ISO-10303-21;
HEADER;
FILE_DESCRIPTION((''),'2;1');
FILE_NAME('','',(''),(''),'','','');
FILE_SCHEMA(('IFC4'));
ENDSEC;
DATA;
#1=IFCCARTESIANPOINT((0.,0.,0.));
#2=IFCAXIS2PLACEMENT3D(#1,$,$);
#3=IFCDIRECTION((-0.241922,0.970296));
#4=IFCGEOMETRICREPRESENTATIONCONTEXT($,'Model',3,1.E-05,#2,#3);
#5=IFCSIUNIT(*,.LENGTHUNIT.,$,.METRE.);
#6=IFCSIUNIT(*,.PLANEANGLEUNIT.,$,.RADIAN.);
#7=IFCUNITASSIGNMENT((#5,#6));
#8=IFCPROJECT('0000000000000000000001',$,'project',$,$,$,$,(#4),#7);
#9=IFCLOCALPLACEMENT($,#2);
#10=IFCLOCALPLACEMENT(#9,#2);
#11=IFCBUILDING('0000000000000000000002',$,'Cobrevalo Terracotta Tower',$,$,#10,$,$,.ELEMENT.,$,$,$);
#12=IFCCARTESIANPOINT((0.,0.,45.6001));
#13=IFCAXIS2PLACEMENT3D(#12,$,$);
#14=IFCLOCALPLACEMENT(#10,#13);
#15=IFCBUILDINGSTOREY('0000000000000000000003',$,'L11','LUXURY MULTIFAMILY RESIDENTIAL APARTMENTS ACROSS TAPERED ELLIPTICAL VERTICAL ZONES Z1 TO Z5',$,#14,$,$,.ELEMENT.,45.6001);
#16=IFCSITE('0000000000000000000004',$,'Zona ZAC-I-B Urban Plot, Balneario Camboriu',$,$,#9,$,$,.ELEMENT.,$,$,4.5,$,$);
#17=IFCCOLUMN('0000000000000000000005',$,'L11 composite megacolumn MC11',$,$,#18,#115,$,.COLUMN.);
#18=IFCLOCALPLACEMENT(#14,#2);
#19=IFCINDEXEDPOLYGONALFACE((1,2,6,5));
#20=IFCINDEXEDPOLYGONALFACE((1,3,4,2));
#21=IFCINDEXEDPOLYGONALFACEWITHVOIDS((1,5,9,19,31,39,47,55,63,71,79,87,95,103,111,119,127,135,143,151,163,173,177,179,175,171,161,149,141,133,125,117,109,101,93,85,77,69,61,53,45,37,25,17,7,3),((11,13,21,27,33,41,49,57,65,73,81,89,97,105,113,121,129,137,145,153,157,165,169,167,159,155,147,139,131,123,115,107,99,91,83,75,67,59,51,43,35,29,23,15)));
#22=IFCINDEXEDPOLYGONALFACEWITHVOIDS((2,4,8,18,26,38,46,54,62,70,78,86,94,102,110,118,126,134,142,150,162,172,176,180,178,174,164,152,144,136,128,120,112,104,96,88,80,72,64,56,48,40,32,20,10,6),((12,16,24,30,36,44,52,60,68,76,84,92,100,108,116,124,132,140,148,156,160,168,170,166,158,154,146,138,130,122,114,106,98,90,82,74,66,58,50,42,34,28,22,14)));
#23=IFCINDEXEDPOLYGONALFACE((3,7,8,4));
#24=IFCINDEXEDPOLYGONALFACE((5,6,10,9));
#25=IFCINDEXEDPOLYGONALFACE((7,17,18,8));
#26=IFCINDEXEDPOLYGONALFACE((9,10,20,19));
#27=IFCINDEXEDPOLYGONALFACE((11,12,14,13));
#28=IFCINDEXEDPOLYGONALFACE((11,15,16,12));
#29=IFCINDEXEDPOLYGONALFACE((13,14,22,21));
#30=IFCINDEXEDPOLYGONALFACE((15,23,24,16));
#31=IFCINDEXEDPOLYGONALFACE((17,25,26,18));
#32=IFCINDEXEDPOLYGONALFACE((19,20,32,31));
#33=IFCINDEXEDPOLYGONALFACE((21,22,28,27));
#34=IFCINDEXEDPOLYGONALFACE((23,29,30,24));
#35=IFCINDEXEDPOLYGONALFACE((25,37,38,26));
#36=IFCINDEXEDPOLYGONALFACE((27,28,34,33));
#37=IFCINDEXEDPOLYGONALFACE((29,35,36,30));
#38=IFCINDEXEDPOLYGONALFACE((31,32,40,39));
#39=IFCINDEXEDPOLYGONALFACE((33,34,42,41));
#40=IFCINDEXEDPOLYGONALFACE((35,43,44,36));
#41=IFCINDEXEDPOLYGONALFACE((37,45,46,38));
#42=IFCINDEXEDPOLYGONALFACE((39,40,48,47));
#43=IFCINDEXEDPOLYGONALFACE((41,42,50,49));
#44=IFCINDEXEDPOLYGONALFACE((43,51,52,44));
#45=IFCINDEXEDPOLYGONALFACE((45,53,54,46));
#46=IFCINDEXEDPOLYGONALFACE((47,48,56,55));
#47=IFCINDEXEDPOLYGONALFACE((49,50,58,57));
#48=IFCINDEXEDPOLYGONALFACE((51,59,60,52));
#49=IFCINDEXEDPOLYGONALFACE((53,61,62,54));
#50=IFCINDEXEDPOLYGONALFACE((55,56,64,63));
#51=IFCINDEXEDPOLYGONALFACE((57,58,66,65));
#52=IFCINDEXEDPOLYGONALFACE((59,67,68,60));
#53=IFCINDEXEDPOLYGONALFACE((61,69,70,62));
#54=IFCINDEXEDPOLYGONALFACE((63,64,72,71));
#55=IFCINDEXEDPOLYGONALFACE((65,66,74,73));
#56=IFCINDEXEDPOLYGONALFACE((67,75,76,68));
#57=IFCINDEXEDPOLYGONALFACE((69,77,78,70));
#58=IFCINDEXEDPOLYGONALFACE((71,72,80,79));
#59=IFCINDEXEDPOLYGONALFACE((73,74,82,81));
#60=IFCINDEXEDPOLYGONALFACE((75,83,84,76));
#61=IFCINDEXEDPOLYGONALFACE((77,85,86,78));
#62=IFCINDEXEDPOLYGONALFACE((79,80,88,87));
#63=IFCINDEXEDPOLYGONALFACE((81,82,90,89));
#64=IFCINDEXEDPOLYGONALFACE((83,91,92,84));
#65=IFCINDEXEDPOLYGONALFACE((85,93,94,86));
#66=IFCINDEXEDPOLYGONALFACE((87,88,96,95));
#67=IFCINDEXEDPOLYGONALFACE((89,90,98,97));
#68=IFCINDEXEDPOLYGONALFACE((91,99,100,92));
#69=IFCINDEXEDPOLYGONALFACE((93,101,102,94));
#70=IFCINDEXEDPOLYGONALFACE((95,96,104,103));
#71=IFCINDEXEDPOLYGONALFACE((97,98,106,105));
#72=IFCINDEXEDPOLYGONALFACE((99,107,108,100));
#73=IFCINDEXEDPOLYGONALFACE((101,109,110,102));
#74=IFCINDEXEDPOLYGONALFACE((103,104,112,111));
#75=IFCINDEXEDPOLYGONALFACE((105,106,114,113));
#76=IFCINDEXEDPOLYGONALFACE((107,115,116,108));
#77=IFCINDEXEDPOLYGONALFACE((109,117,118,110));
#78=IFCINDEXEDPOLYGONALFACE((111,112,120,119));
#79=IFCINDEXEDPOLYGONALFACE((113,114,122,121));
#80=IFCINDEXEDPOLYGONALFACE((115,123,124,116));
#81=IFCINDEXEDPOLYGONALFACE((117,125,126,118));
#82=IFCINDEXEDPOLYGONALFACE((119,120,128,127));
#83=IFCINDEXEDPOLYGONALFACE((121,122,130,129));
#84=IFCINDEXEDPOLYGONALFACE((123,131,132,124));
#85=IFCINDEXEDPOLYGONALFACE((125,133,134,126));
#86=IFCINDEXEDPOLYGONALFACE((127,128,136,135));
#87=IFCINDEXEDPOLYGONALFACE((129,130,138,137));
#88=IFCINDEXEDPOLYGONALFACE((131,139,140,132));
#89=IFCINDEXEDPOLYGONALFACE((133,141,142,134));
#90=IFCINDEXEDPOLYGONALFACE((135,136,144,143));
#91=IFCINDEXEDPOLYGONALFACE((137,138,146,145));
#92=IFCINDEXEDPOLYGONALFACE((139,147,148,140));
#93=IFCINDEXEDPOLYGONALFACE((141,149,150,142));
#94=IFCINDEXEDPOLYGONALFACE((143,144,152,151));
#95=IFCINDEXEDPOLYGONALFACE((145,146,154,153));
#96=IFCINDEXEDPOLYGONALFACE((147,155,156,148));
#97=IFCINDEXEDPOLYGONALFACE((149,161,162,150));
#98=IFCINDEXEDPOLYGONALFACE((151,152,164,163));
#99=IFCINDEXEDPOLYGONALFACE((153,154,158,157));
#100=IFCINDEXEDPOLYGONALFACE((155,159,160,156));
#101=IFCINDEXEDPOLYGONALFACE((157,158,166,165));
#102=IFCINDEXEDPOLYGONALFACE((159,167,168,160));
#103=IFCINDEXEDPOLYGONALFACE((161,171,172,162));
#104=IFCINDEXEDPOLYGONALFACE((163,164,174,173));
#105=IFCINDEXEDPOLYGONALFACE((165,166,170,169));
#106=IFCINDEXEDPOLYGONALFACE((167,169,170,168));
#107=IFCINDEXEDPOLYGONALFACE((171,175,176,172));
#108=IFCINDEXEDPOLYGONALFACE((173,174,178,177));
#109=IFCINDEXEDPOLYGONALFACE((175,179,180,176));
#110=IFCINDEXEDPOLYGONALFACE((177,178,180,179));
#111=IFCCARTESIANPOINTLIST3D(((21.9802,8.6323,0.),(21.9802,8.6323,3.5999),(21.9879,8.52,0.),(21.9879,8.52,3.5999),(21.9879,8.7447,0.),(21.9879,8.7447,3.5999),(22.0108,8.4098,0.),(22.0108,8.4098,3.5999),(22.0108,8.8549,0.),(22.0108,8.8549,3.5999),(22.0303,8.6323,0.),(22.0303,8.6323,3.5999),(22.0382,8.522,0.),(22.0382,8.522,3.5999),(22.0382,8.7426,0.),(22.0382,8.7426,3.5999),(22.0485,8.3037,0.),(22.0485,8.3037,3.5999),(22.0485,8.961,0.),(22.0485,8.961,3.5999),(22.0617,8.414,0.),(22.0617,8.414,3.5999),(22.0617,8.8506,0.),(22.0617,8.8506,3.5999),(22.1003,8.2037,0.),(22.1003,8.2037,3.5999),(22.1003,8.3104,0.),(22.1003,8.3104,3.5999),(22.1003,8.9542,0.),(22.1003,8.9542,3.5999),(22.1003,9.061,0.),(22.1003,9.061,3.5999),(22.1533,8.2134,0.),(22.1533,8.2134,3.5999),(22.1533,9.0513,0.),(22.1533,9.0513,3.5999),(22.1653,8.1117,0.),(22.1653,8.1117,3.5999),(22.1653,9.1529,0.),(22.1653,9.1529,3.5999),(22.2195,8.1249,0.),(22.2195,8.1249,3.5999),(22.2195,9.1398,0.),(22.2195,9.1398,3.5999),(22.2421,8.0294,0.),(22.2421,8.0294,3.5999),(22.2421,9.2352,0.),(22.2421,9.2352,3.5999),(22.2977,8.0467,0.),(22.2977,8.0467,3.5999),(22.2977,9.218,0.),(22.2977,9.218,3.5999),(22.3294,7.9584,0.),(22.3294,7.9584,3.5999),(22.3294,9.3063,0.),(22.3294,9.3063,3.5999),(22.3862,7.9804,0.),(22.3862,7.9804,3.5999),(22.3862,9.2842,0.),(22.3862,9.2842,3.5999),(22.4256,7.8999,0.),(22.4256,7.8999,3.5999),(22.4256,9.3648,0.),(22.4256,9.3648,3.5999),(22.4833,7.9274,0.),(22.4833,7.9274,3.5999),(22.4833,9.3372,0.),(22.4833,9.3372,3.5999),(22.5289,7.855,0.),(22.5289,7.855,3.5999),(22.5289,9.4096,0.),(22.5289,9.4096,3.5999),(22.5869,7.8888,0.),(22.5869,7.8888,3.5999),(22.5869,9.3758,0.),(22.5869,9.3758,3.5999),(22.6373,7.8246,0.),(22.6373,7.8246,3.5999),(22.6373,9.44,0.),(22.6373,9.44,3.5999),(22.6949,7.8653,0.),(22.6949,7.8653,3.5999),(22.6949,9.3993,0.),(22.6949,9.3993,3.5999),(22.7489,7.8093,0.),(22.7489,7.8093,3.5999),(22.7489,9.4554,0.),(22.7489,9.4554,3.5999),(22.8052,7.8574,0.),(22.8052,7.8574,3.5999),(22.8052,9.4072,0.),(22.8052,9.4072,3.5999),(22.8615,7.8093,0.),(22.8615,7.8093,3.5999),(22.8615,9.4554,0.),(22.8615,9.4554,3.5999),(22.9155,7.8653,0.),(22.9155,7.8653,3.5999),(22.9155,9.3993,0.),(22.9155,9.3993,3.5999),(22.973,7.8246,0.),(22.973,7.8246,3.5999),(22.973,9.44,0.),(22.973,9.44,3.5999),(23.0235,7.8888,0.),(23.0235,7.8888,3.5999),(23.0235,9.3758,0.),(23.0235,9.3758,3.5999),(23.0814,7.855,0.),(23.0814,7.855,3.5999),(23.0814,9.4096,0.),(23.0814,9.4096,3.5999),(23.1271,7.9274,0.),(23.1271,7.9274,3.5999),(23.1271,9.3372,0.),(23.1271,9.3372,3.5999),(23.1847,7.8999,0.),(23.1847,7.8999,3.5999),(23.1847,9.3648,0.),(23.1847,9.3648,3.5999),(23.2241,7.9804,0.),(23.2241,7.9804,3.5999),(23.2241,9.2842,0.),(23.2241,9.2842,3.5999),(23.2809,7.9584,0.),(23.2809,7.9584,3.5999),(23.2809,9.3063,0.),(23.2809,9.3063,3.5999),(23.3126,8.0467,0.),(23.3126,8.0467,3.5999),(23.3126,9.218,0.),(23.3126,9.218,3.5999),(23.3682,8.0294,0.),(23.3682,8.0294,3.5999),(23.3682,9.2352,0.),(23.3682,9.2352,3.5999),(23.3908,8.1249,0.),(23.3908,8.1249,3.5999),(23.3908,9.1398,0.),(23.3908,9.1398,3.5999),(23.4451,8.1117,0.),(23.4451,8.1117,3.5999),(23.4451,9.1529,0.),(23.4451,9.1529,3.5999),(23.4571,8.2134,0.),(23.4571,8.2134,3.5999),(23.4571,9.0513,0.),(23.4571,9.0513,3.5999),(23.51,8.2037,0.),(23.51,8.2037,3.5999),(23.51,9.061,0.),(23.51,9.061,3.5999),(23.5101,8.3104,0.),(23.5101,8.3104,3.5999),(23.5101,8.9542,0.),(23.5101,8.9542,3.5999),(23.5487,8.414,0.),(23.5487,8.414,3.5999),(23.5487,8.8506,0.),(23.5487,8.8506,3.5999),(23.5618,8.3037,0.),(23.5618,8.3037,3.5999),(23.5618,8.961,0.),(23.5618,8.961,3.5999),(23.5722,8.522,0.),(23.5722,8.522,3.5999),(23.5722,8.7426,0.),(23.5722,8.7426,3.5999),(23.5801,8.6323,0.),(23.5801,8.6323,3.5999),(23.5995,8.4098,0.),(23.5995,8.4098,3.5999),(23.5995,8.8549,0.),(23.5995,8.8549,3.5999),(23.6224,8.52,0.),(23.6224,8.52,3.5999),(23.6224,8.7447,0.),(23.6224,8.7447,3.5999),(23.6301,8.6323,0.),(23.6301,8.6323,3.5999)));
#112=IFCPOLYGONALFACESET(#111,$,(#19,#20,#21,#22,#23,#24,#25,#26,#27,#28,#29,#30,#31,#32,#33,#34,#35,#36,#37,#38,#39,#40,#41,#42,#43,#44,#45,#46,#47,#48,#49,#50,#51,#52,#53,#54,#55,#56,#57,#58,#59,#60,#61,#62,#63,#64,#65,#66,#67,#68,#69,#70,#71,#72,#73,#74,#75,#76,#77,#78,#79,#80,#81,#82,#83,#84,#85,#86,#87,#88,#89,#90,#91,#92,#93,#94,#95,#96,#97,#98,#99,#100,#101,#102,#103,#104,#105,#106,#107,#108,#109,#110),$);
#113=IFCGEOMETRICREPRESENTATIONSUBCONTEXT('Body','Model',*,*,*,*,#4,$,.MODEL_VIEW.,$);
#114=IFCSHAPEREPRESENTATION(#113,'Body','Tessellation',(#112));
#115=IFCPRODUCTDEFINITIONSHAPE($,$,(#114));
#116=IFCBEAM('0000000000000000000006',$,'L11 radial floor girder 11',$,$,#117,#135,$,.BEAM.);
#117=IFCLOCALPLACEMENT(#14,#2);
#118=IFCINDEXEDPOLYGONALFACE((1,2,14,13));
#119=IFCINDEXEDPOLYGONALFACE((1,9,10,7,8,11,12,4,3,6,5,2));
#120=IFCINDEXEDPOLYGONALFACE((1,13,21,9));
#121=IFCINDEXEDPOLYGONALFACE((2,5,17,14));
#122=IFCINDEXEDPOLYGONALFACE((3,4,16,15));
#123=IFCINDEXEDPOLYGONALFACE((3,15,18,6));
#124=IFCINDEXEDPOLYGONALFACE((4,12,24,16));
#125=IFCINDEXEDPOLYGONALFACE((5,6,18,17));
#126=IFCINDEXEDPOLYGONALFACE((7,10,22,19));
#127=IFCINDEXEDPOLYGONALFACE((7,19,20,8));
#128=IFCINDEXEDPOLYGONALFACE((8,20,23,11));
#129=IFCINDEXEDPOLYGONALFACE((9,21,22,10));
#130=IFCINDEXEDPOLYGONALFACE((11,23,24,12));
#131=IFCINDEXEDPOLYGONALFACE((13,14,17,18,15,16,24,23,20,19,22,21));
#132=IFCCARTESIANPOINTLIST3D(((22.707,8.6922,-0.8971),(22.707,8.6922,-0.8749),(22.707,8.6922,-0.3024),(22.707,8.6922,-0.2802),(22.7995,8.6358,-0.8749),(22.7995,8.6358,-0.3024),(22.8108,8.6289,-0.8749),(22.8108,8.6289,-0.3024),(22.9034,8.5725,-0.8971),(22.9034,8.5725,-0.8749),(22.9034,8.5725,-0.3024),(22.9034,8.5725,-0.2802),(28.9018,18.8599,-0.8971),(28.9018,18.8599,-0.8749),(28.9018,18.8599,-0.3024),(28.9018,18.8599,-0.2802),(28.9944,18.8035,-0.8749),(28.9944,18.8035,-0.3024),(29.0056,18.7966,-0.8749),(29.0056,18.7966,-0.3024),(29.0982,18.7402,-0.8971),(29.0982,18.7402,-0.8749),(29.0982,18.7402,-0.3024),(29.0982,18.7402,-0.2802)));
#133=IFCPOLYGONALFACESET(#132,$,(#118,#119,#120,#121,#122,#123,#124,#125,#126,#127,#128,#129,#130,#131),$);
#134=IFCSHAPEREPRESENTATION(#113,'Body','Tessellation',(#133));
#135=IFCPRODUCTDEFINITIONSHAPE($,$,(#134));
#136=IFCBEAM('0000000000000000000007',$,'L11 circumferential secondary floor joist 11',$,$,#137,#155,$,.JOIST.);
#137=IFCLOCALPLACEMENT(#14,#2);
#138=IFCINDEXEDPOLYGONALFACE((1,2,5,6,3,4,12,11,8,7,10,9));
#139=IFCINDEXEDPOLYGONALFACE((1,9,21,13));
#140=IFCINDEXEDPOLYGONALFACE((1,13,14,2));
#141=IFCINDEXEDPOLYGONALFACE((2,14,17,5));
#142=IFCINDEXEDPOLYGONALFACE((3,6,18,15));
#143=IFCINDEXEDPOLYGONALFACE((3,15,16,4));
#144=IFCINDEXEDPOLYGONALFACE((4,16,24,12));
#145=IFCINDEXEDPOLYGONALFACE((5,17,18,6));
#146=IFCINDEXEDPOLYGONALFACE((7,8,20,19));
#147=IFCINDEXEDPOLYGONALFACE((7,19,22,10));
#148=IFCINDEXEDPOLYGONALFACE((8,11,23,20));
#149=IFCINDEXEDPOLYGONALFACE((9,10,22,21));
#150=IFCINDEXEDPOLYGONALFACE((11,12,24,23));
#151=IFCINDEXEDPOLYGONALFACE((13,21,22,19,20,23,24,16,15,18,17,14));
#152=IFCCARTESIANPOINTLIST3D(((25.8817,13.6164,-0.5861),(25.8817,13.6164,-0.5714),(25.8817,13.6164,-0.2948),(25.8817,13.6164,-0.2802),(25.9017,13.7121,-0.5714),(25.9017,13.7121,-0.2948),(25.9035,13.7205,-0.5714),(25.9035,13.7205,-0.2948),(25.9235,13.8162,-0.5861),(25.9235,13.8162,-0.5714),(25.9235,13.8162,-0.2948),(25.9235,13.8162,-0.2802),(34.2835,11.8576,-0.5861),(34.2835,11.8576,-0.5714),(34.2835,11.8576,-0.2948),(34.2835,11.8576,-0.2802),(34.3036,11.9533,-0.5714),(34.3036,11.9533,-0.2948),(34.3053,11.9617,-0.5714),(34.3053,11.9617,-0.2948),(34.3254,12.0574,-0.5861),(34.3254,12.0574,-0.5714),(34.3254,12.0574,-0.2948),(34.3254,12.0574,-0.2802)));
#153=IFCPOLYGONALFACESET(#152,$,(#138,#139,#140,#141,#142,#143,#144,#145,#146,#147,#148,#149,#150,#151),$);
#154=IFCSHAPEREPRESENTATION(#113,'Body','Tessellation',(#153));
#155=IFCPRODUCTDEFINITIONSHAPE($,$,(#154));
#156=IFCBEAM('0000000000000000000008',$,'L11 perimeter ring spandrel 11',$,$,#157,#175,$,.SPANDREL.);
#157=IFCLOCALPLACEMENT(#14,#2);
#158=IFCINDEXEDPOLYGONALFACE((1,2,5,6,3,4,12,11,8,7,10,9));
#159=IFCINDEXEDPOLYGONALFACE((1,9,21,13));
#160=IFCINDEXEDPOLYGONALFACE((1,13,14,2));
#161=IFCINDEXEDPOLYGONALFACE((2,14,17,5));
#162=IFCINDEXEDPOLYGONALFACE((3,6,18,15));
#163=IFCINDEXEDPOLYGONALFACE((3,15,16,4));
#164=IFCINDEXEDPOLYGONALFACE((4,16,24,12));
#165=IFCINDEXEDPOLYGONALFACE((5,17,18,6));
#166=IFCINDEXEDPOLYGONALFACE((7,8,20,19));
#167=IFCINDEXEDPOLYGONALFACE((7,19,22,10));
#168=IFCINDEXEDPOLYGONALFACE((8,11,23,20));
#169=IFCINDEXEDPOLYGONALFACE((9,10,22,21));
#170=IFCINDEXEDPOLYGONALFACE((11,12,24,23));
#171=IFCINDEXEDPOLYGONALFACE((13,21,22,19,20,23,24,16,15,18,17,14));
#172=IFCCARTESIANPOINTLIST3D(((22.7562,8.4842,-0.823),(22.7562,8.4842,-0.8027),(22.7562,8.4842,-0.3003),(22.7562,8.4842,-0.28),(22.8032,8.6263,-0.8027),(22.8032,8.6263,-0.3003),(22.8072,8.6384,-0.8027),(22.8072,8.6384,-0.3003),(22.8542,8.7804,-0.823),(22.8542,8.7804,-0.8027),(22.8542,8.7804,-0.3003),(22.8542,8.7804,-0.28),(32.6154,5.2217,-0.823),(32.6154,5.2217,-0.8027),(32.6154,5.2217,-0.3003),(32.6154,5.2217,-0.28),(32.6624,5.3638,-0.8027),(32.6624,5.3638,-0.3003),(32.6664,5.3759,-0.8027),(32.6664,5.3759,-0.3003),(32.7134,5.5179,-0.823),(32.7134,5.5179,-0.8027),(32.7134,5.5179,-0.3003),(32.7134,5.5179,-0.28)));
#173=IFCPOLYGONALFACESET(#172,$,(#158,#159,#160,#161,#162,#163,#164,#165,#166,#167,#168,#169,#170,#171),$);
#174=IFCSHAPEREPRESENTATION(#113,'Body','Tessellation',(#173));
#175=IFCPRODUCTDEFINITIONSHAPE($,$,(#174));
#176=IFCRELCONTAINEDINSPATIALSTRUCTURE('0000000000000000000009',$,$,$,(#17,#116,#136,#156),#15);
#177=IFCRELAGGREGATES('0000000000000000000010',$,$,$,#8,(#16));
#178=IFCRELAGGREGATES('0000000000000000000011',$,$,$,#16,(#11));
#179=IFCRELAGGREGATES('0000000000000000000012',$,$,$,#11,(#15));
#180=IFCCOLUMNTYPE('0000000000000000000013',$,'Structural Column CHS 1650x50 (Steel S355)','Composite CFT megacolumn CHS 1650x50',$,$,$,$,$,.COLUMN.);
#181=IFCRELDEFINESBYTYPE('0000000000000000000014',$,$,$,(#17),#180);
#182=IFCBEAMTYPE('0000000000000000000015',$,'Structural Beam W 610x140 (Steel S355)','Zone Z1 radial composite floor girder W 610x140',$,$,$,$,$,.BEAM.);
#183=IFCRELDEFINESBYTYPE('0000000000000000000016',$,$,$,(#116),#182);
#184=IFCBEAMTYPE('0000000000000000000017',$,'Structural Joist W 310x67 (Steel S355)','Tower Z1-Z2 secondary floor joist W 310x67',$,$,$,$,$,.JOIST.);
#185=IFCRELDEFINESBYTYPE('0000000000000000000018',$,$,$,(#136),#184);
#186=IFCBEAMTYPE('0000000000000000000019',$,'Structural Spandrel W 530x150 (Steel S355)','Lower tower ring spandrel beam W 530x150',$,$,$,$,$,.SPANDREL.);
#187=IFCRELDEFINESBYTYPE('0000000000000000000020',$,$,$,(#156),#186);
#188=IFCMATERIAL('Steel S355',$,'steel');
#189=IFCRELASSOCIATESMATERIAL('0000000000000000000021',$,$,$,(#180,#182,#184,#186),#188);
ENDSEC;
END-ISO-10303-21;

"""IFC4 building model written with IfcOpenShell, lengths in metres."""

from ifc_helpers import new_model, si_unit, direction, frame, origin, origin_2d, place, context, subcontext, project, spatial, hollow_circle, i_section, extrude, material, material_profile, profile_set, type_object, element, save


model = new_model("IFC4")

# Units and contexts
model_context = context("Model", 3, precision=1e-05, world=origin(), true_north=direction((-0.241922, 0.970296)))
body_context = subcontext(model_context, "Body", "Model", "MODEL_VIEW")
ifc_project = project(units=[si_unit("LENGTHUNIT", "METRE"), si_unit("PLANEANGLEUNIT", "RADIAN")], contexts=[model_context])

# Site, building, storey
site_placement = place(None, origin())
site = spatial("IfcSite", under=ifc_project, at=site_placement, Name="Zona ZAC-I-B Urban Plot, Balneario Camboriu", CompositionType="ELEMENT", RefElevation=4.5)
building_placement = place(site_placement, origin())
building = spatial("IfcBuilding", under=site, at=building_placement, Name="Cobrevalo Terracotta Tower", CompositionType="ELEMENT")
storey_placement = place(building_placement, frame((0.0, 0.0, 45.6001)))
storey = spatial("IfcBuildingStorey", under=building, at=storey_placement, Name="L11", Description="LUXURY MULTIFAMILY RESIDENTIAL APARTMENTS ACROSS TAPERED ELLIPTICAL VERTICAL ZONES Z1 TO Z5", CompositionType="ELEMENT", Elevation=45.6001)

# Column
ifc_material_1 = material(Name="Steel S355", Category="steel")
ifc_material_profile_1 = material_profile(ifc_material_1, hollow_circle(Radius=0.825, WallThickness=0.05, at=origin_2d()), Name="CHS 1650x50")
ifc_profile_set_1 = profile_set([ifc_material_profile_1], Name="Steel S355")
column_type = type_object("IfcColumnType", Name="Structural Column CHS 1650x50 (Steel S355)", Description="Composite CFT megacolumn CHS 1650x50", PredefinedType="COLUMN", material=ifc_profile_set_1)
for number, where, z_axis, x_axis, name in (
    (1, (22.8052, 8.6323, 0.0), (0.0, 0.0, 1.0), (1.0, 0.0, 0.0), "L11 composite megacolumn MC11"),
):
    element("IfcColumn", number, at=place(storey_placement, frame(where, z_axis=z_axis, x_axis=x_axis)), inside=storey, type_object=column_type, Name=name, PredefinedType="COLUMN", context=body_context, shape_type="SweptSolid", body=[
        extrude(hollow_circle(Radius=0.825, WallThickness=0.05, at=origin_2d()), origin(), (0.0, 0.0, 1.0), 3.5999),
    ])

# Beams
ifc_material_profile_2 = material_profile(ifc_material_1, i_section(OverallWidth=0.23, OverallDepth=0.6169, WebThickness=0.0132, FlangeThickness=0.0222, at=origin_2d()), Name="W 610x140")
ifc_profile_set_2 = profile_set([ifc_material_profile_2], Name="Steel S355")
beam_type_1 = type_object("IfcBeamType", Name="Structural Beam W 610x140 (Steel S355)", Description="Zone Z1 radial composite floor girder W 610x140", PredefinedType="BEAM", material=ifc_profile_set_2)
beam_1_placement = place(storey_placement, frame((22.8052, 8.6323, -0.5886), z_axis=(0.520301, 0.853983, 0.0), x_axis=(-0.853983, 0.520301, 0.0)))
element("IfcBeam", 2, at=beam_1_placement, inside=storey, type_object=beam_type_1, Name="L11 radial floor girder 11", PredefinedType="BEAM", context=body_context, shape_type="SweptSolid", body=[
    extrude(i_section(OverallWidth=0.23, OverallDepth=0.6169, WebThickness=0.0132, FlangeThickness=0.0222, at=origin_2d()), origin(), (0.0, 0.0, 1.0), 11.9062),
])
ifc_material_profile_3 = material_profile(ifc_material_1, i_section(OverallWidth=0.2041, OverallDepth=0.3059, WebThickness=0.0085, FlangeThickness=0.0146, at=origin_2d()), Name="W 310x67")
ifc_profile_set_3 = profile_set([ifc_material_profile_3], Name="Steel S355")
beam_type_2 = type_object("IfcBeamType", Name="Structural Joist W 310x67 (Steel S355)", Description="Tower Z1-Z2 secondary floor joist W 310x67", PredefinedType="JOIST", material=ifc_profile_set_3)
beam_2_placement = place(storey_placement, frame((25.9026, 13.7163, -0.4331), z_axis=(0.978785, -0.204892, 0.0), x_axis=(0.204892, 0.978785, 0.0)))
element("IfcBeam", 3, at=beam_2_placement, inside=storey, type_object=beam_type_2, Name="L11 circumferential secondary floor joist 11", PredefinedType="JOIST", context=body_context, shape_type="SweptSolid", body=[
    extrude(i_section(OverallWidth=0.2041, OverallDepth=0.3059, WebThickness=0.0085, FlangeThickness=0.0146, at=origin_2d()), origin(), (0.0, 0.0, 1.0), 8.584),
])
ifc_material_profile_4 = material_profile(ifc_material_1, i_section(OverallWidth=0.312, OverallDepth=0.543, WebThickness=0.0127, FlangeThickness=0.0203, at=origin_2d()), Name="W 530x150")
ifc_profile_set_4 = profile_set([ifc_material_profile_4], Name="Steel S355")
beam_type_3 = type_object("IfcBeamType", Name="Structural Spandrel W 530x150 (Steel S355)", Description="Lower tower ring spandrel beam W 530x150", PredefinedType="SPANDREL", material=ifc_profile_set_4)
beam_3_placement = place(storey_placement, frame((22.8052, 8.6323, -0.5515), z_axis=(0.949372, -0.314153, 0.0), x_axis=(0.314153, 0.949372, 0.0)))
element("IfcBeam", 4, at=beam_3_placement, inside=storey, type_object=beam_type_3, Name="L11 perimeter ring spandrel 11", PredefinedType="SPANDREL", context=body_context, shape_type="SweptSolid", body=[
    extrude(i_section(OverallWidth=0.312, OverallDepth=0.543, WebThickness=0.0127, FlangeThickness=0.0203, at=origin_2d()), origin(), (0.0, 0.0, 1.0), 10.385),
])

save(model, "model.ifc")
